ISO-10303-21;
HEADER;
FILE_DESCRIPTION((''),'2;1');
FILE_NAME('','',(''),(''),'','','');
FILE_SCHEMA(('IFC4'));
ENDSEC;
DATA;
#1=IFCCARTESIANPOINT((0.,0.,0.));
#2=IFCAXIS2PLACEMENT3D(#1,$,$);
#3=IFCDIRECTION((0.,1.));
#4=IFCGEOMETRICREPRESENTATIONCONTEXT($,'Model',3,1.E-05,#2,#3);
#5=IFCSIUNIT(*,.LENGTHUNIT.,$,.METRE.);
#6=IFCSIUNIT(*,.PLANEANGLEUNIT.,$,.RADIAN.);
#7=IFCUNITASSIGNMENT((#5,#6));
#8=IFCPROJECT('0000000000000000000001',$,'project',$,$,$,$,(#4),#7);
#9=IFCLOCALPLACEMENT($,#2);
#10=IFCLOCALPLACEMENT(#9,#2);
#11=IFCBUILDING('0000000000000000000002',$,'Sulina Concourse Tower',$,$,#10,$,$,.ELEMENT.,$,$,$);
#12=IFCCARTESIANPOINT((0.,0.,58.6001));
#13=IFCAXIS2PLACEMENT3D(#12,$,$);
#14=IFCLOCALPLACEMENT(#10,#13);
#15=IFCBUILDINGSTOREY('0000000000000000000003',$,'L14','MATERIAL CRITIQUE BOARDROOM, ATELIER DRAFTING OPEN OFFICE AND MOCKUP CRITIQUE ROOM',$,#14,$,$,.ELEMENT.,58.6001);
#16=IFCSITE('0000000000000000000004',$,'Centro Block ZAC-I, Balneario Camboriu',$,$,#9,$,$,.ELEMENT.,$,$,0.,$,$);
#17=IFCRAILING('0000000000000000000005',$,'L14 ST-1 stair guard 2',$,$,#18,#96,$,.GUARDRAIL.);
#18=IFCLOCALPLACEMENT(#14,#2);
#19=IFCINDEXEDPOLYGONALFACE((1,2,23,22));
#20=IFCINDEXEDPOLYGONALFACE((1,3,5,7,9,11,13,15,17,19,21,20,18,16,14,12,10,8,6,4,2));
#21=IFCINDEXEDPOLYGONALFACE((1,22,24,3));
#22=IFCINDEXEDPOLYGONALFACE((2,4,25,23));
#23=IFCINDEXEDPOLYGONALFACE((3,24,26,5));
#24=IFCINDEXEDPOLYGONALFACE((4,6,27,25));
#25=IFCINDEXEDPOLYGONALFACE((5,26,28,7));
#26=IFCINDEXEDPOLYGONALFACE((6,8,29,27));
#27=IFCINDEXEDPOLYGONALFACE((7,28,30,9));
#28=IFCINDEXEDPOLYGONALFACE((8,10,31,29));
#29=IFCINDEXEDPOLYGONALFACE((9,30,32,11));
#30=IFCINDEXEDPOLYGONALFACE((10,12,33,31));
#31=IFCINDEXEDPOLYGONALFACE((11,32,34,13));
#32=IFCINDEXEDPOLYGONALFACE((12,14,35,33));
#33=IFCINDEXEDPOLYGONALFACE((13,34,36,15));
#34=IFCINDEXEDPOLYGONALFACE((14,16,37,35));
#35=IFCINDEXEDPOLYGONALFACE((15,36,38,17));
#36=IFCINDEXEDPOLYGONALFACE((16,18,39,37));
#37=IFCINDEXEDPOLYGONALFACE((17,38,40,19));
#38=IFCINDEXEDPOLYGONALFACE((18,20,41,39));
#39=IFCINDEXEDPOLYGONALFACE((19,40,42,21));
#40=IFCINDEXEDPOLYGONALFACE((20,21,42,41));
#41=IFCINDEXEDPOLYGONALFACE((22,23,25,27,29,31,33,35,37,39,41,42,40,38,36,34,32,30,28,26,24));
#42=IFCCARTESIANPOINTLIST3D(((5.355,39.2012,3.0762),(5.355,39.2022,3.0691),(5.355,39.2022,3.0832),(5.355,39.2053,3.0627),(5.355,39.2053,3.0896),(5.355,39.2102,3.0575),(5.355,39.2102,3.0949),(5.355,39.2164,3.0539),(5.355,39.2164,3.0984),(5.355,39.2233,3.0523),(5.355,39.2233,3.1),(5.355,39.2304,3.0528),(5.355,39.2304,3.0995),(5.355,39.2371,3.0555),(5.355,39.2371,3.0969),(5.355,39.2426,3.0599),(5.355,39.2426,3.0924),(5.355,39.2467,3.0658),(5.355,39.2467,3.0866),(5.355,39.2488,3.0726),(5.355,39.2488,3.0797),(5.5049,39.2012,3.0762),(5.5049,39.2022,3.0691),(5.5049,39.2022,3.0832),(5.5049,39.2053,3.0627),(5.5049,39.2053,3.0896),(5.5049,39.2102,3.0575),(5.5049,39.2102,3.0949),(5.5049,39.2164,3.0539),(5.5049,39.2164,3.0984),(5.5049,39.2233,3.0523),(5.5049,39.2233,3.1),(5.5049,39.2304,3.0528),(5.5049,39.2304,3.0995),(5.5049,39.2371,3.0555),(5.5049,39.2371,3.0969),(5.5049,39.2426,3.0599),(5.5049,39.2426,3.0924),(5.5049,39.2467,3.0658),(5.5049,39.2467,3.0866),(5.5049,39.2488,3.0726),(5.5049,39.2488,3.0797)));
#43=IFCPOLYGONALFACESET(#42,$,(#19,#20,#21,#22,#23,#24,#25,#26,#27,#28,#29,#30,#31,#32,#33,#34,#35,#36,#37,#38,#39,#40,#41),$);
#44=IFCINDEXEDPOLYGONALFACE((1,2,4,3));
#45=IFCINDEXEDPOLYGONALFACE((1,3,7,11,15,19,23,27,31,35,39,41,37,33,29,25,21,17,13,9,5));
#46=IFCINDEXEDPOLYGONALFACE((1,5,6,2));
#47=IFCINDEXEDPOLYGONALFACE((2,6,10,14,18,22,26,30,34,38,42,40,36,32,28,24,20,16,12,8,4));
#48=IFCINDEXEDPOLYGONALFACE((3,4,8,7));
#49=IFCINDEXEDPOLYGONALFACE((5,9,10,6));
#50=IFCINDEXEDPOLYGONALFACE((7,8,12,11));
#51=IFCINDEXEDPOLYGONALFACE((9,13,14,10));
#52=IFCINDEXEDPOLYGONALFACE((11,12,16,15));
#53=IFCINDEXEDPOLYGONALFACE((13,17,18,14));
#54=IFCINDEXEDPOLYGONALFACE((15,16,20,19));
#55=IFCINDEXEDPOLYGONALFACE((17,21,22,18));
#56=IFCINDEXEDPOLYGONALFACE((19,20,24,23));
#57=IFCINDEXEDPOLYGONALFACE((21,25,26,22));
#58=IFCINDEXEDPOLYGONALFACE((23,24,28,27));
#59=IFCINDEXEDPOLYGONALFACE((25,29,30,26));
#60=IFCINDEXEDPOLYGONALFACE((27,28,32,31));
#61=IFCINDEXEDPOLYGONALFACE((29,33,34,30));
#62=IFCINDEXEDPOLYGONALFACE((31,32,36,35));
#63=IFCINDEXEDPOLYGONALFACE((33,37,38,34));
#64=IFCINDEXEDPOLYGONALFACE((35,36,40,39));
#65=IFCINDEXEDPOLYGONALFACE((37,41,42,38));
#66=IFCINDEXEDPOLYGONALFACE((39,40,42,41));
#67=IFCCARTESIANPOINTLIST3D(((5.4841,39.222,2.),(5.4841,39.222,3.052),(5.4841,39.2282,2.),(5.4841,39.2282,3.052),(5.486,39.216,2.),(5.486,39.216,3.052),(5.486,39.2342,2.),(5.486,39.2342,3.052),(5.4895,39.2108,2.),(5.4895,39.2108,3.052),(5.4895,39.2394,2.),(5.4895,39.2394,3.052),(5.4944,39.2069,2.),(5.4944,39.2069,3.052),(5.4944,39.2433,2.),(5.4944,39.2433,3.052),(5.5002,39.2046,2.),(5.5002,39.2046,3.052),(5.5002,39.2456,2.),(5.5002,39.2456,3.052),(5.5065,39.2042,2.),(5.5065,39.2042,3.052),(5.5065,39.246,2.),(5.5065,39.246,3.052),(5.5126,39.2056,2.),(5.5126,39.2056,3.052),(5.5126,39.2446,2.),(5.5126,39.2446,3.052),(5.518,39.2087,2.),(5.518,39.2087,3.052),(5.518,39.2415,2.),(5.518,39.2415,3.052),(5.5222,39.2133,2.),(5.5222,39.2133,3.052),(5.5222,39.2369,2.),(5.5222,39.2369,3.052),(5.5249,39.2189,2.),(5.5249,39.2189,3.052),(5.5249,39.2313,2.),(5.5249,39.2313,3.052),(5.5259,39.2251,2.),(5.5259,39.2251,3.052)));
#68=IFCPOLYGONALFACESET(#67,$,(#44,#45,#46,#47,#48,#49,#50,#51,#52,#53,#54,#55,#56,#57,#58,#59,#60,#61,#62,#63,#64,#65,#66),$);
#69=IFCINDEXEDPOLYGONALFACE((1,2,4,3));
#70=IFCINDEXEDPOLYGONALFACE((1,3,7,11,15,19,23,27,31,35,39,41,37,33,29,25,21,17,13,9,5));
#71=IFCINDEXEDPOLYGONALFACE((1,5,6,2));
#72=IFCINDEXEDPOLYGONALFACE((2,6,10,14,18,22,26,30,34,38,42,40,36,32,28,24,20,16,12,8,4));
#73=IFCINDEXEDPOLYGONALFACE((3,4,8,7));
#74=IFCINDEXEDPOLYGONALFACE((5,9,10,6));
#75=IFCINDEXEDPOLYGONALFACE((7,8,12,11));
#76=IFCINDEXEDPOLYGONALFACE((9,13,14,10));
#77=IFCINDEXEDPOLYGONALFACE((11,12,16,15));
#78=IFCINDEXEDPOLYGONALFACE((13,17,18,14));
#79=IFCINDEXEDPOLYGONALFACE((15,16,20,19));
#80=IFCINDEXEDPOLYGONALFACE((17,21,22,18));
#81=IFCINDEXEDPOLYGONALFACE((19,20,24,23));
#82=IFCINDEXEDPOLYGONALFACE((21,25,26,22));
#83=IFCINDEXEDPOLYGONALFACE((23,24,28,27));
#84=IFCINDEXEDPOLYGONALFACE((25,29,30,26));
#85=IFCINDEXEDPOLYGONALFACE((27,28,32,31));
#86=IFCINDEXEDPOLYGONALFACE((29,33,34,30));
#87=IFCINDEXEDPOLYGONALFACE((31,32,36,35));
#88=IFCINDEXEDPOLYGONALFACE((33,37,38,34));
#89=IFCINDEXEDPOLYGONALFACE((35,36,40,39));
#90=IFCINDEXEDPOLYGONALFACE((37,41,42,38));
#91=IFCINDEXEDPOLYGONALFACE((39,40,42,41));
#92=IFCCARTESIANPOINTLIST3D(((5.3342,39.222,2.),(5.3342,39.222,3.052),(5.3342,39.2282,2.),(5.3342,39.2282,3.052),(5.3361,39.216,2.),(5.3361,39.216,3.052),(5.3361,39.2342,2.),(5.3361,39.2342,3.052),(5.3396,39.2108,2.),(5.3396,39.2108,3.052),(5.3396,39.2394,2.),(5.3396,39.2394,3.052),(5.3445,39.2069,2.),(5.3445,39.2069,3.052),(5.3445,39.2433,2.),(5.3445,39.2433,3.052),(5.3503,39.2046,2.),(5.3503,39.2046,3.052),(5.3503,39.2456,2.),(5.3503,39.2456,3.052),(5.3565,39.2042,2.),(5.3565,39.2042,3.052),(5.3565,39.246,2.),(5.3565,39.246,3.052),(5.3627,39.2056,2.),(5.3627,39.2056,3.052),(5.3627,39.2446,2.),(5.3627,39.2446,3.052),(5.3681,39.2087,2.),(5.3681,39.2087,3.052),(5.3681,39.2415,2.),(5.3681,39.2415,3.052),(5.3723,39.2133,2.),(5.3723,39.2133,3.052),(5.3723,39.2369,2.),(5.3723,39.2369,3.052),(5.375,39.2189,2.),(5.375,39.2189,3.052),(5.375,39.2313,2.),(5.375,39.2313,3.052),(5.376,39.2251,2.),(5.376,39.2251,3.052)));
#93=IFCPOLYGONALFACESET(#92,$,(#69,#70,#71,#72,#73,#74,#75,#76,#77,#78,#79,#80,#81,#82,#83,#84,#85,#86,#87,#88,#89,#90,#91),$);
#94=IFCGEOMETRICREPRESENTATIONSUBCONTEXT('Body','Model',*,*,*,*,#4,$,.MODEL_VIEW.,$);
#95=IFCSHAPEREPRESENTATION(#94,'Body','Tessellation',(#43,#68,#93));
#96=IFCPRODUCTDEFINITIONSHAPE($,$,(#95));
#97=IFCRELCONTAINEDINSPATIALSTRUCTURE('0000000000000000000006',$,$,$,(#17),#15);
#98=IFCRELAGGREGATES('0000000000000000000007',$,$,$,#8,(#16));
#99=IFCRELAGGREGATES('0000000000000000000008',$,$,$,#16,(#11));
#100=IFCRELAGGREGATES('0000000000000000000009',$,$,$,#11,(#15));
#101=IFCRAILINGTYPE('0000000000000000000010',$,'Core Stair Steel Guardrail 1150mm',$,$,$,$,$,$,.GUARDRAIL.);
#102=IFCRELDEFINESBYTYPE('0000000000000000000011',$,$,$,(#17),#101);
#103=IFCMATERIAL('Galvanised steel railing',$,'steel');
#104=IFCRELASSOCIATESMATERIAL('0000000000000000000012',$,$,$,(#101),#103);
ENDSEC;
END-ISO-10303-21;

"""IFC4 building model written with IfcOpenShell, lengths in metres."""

from ifc_helpers import new_model, si_unit, direction, frame, origin, origin_2d, place, context, subcontext, project, spatial, circle, extrude, material, type_object, element, save


model = new_model("IFC4")

# Units and contexts
model_context = context("Model", 3, precision=1e-05, world=origin(), true_north=direction((0.0, 1.0)))
body_context = subcontext(model_context, "Body", "Model", "MODEL_VIEW")
ifc_project = project(units=[si_unit("LENGTHUNIT", "METRE"), si_unit("PLANEANGLEUNIT", "RADIAN")], contexts=[model_context])

# Site, building, storey
site_placement = place(None, origin())
site = spatial("IfcSite", under=ifc_project, at=site_placement, Name="Centro Block ZAC-I, Balneario Camboriu", CompositionType="ELEMENT", RefElevation=0.0)
building_placement = place(site_placement, origin())
building = spatial("IfcBuilding", under=site, at=building_placement, Name="Sulina Concourse Tower", CompositionType="ELEMENT")
storey_placement = place(building_placement, frame((0.0, 0.0, 58.6001)))
storey = spatial("IfcBuildingStorey", under=building, at=storey_placement, Name="L14", Description="MATERIAL CRITIQUE BOARDROOM, ATELIER DRAFTING OPEN OFFICE AND MOCKUP CRITIQUE ROOM", CompositionType="ELEMENT", Elevation=58.6001)

# Railing
ifc_material_1 = material(Name="Galvanised steel railing", Category="steel")
railing_type_1 = type_object("IfcRailingType", Name="Core Stair Steel Guardrail 1150mm", PredefinedType="GUARDRAIL", material=ifc_material_1)
railing_1_placement = place(storey_placement, frame((5.5049, 39.2251, 2.0)))
element("IfcRailing", 1, at=railing_1_placement, inside=storey, type_object=railing_type_1, Name="L14 ST-1 stair guard 2", PredefinedType="GUARDRAIL", context=body_context, shape_type="SweptSolid", body=[
    extrude(circle(Radius=0.0239, at=origin_2d()), frame((0.0, 0.0, 1.0762), z_axis=(-1.0, 0.0, 0.0), x_axis=(0.0, -1.0, 0.0)), (0.0, 0.0, 1.0), 0.1499),
    extrude(circle(Radius=0.021, at=origin_2d()), origin(), (0.0, 0.0, 1.0), 1.052),
    extrude(circle(Radius=0.021, at=origin_2d()), frame((-0.1499, 0.0, 0.0)), (0.0, 0.0, 1.0), 1.052),
])

save(model, "model.ifc")
